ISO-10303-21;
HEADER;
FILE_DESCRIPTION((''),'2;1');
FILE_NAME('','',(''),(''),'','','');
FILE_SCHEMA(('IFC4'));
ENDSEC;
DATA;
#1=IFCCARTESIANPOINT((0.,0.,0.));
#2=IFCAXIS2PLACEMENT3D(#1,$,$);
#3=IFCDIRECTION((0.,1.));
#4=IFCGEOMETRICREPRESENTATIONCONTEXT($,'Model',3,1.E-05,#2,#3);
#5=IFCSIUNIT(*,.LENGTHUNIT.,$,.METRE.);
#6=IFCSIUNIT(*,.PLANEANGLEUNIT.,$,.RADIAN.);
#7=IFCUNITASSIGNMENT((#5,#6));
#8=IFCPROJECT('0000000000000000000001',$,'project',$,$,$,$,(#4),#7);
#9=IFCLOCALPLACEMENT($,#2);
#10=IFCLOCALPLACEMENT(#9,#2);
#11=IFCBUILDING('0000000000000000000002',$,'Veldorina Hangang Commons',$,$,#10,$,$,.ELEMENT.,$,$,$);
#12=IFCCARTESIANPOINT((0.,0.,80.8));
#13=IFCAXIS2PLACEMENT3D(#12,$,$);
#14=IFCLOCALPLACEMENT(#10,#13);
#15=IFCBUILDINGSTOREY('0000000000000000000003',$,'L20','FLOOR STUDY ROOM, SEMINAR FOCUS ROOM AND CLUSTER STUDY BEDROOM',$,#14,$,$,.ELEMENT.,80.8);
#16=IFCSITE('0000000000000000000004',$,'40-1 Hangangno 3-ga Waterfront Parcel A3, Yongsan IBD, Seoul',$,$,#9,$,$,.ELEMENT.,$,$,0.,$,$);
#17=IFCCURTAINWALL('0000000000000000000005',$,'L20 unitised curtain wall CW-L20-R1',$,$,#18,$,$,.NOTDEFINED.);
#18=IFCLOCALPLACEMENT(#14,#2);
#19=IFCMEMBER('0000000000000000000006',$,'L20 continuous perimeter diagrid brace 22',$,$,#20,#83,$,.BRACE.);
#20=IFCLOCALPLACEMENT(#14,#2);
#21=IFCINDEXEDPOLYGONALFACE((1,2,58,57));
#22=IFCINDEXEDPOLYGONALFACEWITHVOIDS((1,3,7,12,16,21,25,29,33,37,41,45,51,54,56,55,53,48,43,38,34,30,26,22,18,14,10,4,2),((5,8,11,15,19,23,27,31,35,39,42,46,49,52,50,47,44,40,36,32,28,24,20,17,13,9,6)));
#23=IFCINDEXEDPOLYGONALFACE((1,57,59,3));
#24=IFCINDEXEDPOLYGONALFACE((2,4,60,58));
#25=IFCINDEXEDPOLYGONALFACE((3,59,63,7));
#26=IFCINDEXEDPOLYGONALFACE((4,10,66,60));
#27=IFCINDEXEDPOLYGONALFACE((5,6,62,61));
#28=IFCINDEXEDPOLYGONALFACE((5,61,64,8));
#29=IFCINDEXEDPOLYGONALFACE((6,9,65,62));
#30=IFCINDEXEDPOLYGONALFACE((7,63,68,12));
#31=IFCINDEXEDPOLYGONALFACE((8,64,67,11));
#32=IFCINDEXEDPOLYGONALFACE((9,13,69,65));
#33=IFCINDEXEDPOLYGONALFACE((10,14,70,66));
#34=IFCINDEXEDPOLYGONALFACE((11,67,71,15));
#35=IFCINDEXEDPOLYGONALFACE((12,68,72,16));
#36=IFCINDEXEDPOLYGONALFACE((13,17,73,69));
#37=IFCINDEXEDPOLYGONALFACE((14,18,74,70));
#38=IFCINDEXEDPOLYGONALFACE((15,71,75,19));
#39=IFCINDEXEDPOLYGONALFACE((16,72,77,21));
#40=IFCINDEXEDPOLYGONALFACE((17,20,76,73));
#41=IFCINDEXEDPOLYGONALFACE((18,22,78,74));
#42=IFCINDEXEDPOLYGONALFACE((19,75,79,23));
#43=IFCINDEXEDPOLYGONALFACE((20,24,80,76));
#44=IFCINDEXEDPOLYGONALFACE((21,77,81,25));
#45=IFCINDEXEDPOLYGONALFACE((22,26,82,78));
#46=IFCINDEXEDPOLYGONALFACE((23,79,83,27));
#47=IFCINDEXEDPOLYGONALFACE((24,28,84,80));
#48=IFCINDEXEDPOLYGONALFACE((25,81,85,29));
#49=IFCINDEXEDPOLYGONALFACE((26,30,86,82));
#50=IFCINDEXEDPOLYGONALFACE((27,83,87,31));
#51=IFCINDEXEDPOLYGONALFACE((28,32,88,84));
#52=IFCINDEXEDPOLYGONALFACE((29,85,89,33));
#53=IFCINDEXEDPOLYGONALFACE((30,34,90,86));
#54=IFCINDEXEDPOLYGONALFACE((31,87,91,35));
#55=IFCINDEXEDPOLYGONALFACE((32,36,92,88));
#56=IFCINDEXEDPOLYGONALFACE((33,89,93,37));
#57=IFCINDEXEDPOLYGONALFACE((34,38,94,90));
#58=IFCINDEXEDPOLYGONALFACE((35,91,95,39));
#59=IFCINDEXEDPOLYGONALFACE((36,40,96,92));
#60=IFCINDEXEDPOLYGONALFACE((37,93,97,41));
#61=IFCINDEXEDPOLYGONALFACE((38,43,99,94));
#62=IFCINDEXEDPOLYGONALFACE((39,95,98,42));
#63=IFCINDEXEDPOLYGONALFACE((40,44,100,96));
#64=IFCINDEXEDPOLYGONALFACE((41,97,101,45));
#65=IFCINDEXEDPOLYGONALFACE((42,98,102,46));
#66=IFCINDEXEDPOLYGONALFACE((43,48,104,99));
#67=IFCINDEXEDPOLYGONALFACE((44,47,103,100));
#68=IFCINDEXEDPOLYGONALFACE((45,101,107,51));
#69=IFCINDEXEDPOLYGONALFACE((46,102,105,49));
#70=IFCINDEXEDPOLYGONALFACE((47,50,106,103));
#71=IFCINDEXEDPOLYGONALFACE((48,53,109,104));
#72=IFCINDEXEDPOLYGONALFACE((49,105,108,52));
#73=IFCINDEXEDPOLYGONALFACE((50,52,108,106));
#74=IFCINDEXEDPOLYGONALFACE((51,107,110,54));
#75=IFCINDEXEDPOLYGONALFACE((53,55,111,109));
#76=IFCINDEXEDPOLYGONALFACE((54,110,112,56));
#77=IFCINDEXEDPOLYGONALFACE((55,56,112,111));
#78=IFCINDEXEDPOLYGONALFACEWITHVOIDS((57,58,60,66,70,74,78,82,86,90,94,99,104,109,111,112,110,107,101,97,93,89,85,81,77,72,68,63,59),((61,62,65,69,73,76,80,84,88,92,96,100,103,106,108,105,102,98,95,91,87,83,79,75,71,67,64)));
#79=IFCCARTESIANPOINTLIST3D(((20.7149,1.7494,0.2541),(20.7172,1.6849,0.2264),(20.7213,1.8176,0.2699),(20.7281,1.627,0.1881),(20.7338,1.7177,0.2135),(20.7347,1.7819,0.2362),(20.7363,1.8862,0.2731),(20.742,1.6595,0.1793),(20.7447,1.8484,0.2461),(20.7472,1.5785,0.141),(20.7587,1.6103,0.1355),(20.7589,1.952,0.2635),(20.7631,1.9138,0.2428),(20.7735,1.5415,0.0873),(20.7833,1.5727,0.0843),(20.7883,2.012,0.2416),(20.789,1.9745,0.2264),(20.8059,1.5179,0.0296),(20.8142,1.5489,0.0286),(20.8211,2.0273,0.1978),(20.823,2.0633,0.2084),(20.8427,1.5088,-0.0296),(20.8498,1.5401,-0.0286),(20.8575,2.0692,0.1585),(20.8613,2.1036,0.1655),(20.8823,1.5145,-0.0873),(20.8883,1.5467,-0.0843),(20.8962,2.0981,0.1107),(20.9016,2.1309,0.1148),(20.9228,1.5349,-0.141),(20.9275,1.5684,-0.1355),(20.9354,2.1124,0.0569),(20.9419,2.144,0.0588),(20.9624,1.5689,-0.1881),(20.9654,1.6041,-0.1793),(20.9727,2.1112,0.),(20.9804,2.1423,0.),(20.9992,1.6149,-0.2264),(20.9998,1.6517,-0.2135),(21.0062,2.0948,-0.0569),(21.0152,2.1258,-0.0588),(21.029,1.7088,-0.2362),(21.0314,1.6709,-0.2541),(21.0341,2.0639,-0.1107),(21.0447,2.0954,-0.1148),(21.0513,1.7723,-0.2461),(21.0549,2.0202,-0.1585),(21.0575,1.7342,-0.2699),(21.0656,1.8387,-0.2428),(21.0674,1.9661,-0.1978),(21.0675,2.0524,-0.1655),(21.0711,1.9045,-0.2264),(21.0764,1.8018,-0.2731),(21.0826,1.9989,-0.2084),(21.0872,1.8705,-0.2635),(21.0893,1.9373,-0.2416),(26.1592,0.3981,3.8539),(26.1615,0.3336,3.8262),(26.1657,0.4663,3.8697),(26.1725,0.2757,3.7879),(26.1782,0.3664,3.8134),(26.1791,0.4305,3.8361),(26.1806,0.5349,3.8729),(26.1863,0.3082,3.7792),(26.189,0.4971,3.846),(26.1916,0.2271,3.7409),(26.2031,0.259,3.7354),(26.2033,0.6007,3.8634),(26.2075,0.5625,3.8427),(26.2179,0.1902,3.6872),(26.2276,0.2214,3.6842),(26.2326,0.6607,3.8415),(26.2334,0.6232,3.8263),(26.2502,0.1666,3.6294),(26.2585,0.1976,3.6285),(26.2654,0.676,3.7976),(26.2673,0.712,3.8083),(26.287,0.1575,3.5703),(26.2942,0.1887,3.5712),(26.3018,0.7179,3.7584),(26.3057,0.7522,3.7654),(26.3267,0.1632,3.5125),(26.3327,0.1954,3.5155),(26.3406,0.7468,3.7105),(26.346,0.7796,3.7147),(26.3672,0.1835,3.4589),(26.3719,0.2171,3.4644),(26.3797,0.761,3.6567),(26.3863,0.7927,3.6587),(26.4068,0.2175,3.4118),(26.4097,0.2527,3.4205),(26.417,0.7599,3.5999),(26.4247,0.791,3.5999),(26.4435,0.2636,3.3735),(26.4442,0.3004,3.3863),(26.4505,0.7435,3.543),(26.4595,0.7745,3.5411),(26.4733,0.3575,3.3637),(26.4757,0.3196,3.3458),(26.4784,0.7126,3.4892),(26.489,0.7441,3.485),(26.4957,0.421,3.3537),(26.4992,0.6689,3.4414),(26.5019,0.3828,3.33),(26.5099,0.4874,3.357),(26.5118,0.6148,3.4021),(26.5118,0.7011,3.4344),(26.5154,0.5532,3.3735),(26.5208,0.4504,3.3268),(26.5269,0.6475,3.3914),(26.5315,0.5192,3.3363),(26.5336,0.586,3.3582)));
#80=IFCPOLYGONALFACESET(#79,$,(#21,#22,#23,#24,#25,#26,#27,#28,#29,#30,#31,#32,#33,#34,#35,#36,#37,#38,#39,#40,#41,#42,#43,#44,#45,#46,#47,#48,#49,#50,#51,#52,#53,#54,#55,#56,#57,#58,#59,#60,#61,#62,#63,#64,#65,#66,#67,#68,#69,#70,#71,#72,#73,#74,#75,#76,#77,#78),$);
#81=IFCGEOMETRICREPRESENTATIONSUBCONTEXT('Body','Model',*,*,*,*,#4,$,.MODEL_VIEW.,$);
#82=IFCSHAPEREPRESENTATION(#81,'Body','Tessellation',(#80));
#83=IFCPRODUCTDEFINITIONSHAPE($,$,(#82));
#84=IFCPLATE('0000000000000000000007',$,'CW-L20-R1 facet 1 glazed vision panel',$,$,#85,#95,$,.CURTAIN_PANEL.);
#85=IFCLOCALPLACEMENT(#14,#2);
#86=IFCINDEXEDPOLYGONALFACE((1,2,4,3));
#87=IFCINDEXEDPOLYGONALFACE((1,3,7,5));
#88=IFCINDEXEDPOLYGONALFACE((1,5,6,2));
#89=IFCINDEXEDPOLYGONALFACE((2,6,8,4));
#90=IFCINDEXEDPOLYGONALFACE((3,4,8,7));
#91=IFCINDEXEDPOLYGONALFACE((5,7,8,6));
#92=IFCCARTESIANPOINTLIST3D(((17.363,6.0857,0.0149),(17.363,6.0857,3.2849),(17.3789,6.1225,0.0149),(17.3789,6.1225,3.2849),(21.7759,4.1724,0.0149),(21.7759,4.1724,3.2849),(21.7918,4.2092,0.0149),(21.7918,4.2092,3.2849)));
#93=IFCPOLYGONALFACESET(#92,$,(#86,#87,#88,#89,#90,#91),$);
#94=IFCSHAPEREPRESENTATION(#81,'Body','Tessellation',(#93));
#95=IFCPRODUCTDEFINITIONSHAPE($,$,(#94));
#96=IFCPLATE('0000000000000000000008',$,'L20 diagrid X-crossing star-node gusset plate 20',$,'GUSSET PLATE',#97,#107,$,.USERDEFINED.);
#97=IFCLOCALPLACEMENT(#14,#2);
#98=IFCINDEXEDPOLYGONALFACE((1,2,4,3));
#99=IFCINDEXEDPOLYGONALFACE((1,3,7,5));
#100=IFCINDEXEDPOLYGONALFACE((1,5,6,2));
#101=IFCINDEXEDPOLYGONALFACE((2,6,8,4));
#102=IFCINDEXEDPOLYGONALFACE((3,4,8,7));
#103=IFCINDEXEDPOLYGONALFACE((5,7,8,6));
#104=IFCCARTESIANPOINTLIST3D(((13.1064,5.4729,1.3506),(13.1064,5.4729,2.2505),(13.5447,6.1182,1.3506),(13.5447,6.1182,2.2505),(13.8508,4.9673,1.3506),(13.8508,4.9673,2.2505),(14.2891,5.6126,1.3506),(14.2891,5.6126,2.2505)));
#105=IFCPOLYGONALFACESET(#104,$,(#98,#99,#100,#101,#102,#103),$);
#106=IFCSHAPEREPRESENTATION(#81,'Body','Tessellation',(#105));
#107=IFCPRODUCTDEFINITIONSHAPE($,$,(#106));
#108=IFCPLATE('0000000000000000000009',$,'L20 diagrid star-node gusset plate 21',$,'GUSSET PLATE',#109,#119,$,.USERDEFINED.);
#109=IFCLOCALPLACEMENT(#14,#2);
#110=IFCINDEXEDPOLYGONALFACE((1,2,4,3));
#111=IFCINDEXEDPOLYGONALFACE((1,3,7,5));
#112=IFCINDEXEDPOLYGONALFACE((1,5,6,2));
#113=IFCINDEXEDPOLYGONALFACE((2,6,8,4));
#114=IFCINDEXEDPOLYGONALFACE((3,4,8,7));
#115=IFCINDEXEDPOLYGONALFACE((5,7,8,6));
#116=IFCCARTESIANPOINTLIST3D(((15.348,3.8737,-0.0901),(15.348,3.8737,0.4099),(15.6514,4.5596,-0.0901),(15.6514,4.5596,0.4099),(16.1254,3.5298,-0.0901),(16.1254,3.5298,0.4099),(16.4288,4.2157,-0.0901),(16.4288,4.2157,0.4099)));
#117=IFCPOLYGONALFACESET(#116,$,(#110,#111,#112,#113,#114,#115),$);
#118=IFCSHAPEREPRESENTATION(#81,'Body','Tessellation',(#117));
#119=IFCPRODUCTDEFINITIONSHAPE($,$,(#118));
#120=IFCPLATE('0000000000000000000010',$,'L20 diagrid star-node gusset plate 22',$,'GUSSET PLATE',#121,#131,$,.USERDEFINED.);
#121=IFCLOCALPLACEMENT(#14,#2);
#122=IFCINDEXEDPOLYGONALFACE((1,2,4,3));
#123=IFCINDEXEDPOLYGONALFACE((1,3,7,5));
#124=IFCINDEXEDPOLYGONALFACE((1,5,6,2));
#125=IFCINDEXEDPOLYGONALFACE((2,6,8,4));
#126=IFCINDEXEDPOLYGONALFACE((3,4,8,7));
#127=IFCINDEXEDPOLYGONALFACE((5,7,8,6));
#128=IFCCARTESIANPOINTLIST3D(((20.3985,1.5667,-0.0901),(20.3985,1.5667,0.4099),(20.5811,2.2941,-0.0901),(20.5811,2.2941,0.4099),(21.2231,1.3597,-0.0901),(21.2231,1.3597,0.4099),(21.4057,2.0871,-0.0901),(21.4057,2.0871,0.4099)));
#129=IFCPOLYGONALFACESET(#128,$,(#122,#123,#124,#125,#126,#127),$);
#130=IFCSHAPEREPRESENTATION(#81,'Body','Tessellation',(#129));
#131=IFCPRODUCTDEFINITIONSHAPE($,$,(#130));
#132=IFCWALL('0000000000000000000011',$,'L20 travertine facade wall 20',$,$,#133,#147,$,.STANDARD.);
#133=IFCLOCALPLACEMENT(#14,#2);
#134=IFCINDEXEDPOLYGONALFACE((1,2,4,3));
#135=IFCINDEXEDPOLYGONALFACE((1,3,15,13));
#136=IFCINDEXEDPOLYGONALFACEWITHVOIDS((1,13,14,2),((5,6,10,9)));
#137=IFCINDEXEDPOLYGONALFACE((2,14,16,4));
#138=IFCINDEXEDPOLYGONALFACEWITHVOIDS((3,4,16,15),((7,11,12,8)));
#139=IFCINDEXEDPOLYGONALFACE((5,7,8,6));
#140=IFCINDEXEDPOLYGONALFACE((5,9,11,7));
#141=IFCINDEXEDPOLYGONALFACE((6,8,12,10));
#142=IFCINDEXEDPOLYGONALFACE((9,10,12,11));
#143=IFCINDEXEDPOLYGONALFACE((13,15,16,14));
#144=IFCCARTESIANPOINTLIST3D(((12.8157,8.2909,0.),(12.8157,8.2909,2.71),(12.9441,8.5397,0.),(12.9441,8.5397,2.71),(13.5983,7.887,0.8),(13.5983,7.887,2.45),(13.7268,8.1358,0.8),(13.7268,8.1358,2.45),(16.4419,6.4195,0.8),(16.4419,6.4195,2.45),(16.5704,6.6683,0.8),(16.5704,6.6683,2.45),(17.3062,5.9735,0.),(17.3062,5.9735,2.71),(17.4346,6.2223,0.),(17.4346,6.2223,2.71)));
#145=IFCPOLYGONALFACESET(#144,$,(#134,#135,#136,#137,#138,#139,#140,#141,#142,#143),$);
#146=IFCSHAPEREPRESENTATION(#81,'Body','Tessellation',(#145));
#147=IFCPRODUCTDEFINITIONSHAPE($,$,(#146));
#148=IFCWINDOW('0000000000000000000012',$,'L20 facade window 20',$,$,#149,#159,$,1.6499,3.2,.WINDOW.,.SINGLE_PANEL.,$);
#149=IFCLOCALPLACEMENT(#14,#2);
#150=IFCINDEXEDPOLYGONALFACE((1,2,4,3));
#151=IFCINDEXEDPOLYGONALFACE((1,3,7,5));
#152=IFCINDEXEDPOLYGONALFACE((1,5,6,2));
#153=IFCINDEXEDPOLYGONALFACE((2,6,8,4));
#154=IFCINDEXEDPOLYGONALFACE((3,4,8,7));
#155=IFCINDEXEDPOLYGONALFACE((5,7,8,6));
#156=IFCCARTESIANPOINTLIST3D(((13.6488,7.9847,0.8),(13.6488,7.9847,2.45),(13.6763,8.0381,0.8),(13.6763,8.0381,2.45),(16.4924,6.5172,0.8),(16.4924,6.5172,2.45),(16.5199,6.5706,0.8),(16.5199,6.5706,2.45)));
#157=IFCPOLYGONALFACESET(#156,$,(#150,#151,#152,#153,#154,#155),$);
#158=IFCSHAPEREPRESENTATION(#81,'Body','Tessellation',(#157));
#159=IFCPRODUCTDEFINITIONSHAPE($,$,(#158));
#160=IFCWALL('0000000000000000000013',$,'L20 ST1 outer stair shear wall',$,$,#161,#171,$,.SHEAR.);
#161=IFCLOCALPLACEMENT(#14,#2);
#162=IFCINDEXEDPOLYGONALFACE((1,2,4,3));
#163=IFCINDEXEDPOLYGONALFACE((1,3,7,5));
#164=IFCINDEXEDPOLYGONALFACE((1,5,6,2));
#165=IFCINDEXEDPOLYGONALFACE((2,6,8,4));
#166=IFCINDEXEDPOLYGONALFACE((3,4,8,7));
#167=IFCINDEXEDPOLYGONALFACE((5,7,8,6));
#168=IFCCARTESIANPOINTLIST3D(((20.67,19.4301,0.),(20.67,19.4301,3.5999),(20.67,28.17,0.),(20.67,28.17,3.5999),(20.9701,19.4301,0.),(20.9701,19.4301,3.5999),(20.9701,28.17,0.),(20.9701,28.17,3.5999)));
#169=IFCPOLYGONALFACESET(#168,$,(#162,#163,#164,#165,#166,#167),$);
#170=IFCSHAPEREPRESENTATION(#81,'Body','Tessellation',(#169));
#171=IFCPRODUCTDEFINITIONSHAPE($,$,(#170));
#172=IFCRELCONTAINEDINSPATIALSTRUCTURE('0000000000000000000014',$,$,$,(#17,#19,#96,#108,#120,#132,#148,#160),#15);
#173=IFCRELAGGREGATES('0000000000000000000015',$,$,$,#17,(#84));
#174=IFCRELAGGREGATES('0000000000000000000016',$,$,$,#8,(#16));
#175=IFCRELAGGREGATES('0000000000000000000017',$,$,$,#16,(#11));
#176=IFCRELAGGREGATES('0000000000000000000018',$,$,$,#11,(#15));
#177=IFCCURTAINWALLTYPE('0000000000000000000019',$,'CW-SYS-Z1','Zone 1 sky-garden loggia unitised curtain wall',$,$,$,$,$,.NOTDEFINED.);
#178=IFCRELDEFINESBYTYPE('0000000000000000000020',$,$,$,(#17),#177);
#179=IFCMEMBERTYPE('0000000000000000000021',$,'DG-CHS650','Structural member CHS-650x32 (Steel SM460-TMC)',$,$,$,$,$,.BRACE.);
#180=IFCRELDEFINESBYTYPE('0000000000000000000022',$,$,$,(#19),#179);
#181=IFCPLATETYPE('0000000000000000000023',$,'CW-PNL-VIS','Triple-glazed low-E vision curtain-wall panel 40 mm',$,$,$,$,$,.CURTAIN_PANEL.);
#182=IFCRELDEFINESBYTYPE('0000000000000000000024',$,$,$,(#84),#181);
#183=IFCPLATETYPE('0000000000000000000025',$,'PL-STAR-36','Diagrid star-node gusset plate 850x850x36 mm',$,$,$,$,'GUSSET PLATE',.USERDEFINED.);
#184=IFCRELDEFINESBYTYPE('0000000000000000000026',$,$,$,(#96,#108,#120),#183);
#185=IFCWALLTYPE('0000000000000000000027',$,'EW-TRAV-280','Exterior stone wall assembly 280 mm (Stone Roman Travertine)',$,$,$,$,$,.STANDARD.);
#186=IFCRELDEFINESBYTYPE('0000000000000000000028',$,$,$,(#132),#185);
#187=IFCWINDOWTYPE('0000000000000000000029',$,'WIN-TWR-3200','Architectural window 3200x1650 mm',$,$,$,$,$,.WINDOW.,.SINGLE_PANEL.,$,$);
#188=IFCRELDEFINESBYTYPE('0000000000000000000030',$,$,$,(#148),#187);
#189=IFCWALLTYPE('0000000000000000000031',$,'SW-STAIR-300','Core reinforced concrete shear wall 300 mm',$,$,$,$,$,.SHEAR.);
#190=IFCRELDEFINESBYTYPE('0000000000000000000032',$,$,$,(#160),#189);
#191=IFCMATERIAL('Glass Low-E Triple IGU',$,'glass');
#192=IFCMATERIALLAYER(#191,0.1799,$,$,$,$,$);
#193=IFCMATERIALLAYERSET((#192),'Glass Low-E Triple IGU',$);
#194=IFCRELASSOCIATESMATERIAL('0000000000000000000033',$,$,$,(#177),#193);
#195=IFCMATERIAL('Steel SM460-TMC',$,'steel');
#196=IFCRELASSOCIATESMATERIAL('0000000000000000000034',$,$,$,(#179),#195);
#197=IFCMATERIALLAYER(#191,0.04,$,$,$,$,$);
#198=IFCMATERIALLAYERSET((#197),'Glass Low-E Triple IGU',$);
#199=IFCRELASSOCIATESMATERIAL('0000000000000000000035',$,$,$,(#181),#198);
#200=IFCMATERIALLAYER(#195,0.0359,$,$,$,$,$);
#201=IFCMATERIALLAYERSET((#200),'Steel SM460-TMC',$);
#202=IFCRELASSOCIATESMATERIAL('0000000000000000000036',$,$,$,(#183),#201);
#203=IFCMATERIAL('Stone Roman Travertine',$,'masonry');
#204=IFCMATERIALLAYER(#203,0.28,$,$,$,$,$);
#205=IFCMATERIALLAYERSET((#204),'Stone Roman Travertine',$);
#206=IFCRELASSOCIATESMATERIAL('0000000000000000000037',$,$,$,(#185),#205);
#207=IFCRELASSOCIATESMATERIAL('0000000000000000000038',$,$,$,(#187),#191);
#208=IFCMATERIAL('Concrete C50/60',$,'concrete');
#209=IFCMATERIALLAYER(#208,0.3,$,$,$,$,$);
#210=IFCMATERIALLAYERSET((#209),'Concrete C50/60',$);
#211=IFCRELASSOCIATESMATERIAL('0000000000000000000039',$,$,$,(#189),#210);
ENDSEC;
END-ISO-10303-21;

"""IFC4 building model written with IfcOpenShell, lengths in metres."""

from ifc_helpers import new_model, si_unit, direction, frame, frame_2d, origin, origin_2d, place, context, subcontext, project, spatial, rectangle, hollow_circle, extrude, material, layer, layer_set, material_profile, profile_set, type_object, element, fill, aggregate, save


model = new_model("IFC4")

# Units and contexts
model_context = context("Model", 3, precision=1e-05, world=origin(), true_north=direction((0.0, 1.0)))
body_context = subcontext(model_context, "Body", "Model", "MODEL_VIEW")
ifc_project = project(units=[si_unit("LENGTHUNIT", "METRE"), si_unit("PLANEANGLEUNIT", "RADIAN")], contexts=[model_context])

# Site, building, storey
site_placement = place(None, origin())
site = spatial("IfcSite", under=ifc_project, at=site_placement, Name="40-1 Hangangno 3-ga Waterfront Parcel A3, Yongsan IBD, Seoul", CompositionType="ELEMENT", RefElevation=0.0)
building_placement = place(site_placement, origin())
building = spatial("IfcBuilding", under=site, at=building_placement, Name="Veldorina Hangang Commons", CompositionType="ELEMENT")
storey_placement = place(building_placement, frame((0.0, 0.0, 80.8)))
storey = spatial("IfcBuildingStorey", under=building, at=storey_placement, Name="L20", Description="FLOOR STUDY ROOM, SEMINAR FOCUS ROOM AND CLUSTER STUDY BEDROOM", CompositionType="ELEMENT", Elevation=80.8)

# Curtain wall
ifc_material_1 = material(Name="Glass Low-E Triple IGU", Category="glass")
ifc_layer_1 = layer(ifc_material_1, 0.1799)
ifc_layer_set_1 = layer_set([ifc_layer_1], Name="Glass Low-E Triple IGU")
curtain_wall_type = type_object("IfcCurtainWallType", Name="CW-SYS-Z1", Description="Zone 1 sky-garden loggia unitised curtain wall", PredefinedType="NOTDEFINED", material=ifc_layer_set_1)
curtain_wall_placement = place(storey_placement, origin())
curtain_wall = element("IfcCurtainWall", 1, at=curtain_wall_placement, inside=storey, type_object=curtain_wall_type, Name="L20 unitised curtain wall CW-L20-R1", PredefinedType="NOTDEFINED")

# Member
ifc_material_2 = material(Name="Steel SM460-TMC", Category="steel")
ifc_material_profile_1 = material_profile(ifc_material_2, hollow_circle(Radius=0.325, WallThickness=0.032, at=origin_2d()), Name="CHS-650x32")
ifc_profile_set_1 = profile_set([ifc_material_profile_1], Name="Steel SM460-TMC")
member_type_1 = type_object("IfcMemberType", Name="DG-CHS650", Description="Structural member CHS-650x32 (Steel SM460-TMC)", PredefinedType="BRACE", material=ifc_profile_set_1)
member_1_placement = place(storey_placement, frame((20.9021, 1.8269, 0.0), z_axis=(0.816822, -0.20274, 0.540091), x_axis=(0.240897, 0.970551, 0.0)))
element("IfcMember", 2, at=member_1_placement, inside=storey, type_object=member_type_1, Name="L20 continuous perimeter diagrid brace 22", PredefinedType="BRACE", context=body_context, shape_type="SweptSolid", body=[
    extrude(hollow_circle(Radius=0.325, WallThickness=0.032, at=origin_2d()), origin(), (0.0, 0.0, 1.0), 6.6653),
])

# Plate
ifc_layer_2 = layer(ifc_material_1, 0.04)
ifc_layer_set_2 = layer_set([ifc_layer_2], Name="Glass Low-E Triple IGU")
plate_type_1 = type_object("IfcPlateType", Name="CW-PNL-VIS", Description="Triple-glazed low-E vision curtain-wall panel 40 mm", PredefinedType="CURTAIN_PANEL", material=ifc_layer_set_2)
plate_1_placement = place(storey_placement, frame((19.5774, 5.1475, 0.0149), z_axis=(0.0, 0.0, 1.0), x_axis=(0.917477, -0.397789, 0.0)))
plate_1 = element("IfcPlate", 3, at=plate_1_placement, type_object=plate_type_1, Name="CW-L20-R1 facet 1 glazed vision panel", PredefinedType="CURTAIN_PANEL", context=body_context, shape_type="SweptSolid", body=[
    extrude(rectangle(XDim=4.8098, YDim=0.04, at=origin_2d()), origin(), (0.0, 0.0, 1.0), 3.27),
])
aggregate(curtain_wall, [plate_1])

# Plates
ifc_layer_3 = layer(ifc_material_2, 0.0359)
ifc_layer_set_3 = layer_set([ifc_layer_3], Name="Steel SM460-TMC")
plate_type_2 = type_object("IfcPlateType", Name="PL-STAR-36", Description="Diagrid star-node gusset plate 850x850x36 mm", ElementType="GUSSET PLATE", PredefinedType="USERDEFINED", material=ifc_layer_set_3)
plate_2_placement = place(storey_placement, frame((13.6978, 5.5427, 1.3506), z_axis=(0.0, 0.0, 1.0), x_axis=(0.827247, -0.561838, 0.0)))
element("IfcPlate", 4, at=plate_2_placement, inside=storey, type_object=plate_type_2, Name="L20 diagrid X-crossing star-node gusset plate 20", ObjectType="GUSSET PLATE", PredefinedType="USERDEFINED", context=body_context, shape_type="SweptSolid", body=[
    extrude(rectangle(XDim=0.8999, YDim=0.78, at=origin_2d()), origin(), (0.0, 0.0, 1.0), 0.8999),
])
for number, where, z_axis, x_axis, name in (
    (5, (15.8884, 4.0447, -0.0901), (0.0, 0.0, 1.0), (0.914522, -0.404535, 0.0), "L20 diagrid star-node gusset plate 21"),
    (6, (20.9021, 1.8269, -0.0901), (0.0, 0.0, 1.0), (0.969906, -0.24348, 0.0), "L20 diagrid star-node gusset plate 22"),
):
    element("IfcPlate", number, at=place(storey_placement, frame(where, z_axis=z_axis, x_axis=x_axis)), inside=storey, type_object=plate_type_2, Name=name, ObjectType="GUSSET PLATE", PredefinedType="USERDEFINED", context=body_context, shape_type="SweptSolid", body=[
        extrude(rectangle(XDim=0.8501, YDim=0.75, at=origin_2d()), origin(), (0.0, 0.0, 1.0), 0.5),
    ])

# Wall, opening, window
ifc_material_3 = material(Name="Stone Roman Travertine", Category="masonry")
ifc_layer_4 = layer(ifc_material_3, 0.28)
ifc_layer_set_4 = layer_set([ifc_layer_4], Name="Stone Roman Travertine")
wall_type_1 = type_object("IfcWallType", Name="EW-TRAV-280", Description="Exterior stone wall assembly 280 mm (Stone Roman Travertine)", PredefinedType="STANDARD", material=ifc_layer_set_4)
wall_1_placement = place(storey_placement, frame((12.8799, 8.4153, 0.0), z_axis=(0.0, 0.0, 1.0), x_axis=(0.888644, -0.458599, 0.0)))
wall_1 = element("IfcWall", 7, at=wall_1_placement, inside=storey, type_object=wall_type_1, Name="L20 travertine facade wall 20", PredefinedType="STANDARD", context=body_context, shape_type="SweptSolid", body=[
    extrude(rectangle(XDim=5.0532, YDim=0.28, at=frame_2d((2.5266, 0.0))), origin(), (0.0, 0.0, 1.0), 2.71),
])
opening_1_placement = place(wall_1_placement, frame((0.8806, 0.0, 0.8)))
opening_1 = element("IfcOpeningElement", 8, at=opening_1_placement, cuts=wall_1, PredefinedType="OPENING", context=body_context, shape_type="SweptSolid", body=[
    extrude(rectangle(XDim=3.2, YDim=1.6499, at=frame_2d((1.6001, 0.825))), frame((0.0, 0.1499, 0.0), z_axis=(0.0, -1.0, 0.0), x_axis=(1.0, 0.0, 0.0)), (0.0, 0.0, 1.0), 0.3),
])
window_type = type_object("IfcWindowType", Name="WIN-TWR-3200", Description="Architectural window 3200x1650 mm", PartitioningType="SINGLE_PANEL", PredefinedType="WINDOW", material=ifc_material_1)
window_placement = place(opening_1_placement, origin())
window = element("IfcWindow", 9, at=window_placement, inside=storey, type_object=window_type, Name="L20 facade window 20", OverallHeight=1.6499, OverallWidth=3.2, PartitioningType="SINGLE_PANEL", PredefinedType="WINDOW", context=body_context, shape_type="SweptSolid", body=[
    extrude(rectangle(XDim=3.2, YDim=1.6499, at=frame_2d((1.6001, 0.825))), frame((0.0, 0.03, 0.0), z_axis=(0.0, -1.0, 0.0), x_axis=(1.0, 0.0, 0.0)), (0.0, 0.0, 1.0), 0.0601),
])
fill(opening_1, window)

# Wall
ifc_material_4 = material(Name="Concrete C50/60", Category="concrete")
ifc_layer_5 = layer(ifc_material_4, 0.3)
ifc_layer_set_5 = layer_set([ifc_layer_5], Name="Concrete C50/60")
wall_type_2 = type_object("IfcWallType", Name="SW-STAIR-300", Description="Core reinforced concrete shear wall 300 mm", PredefinedType="SHEAR", material=ifc_layer_set_5)
wall_2_placement = place(storey_placement, frame((20.8201, 19.4299, 0.0), z_axis=(0.0, 0.0, 1.0), x_axis=(0.0, 1.0, 0.0)))
element("IfcWall", 10, at=wall_2_placement, inside=storey, type_object=wall_type_2, Name="L20 ST1 outer stair shear wall", PredefinedType="SHEAR", context=body_context, shape_type="SweptSolid", body=[
    extrude(rectangle(XDim=8.74, YDim=0.3, at=frame_2d((4.3701, 0.0))), origin(), (0.0, 0.0, 1.0), 3.5999),
])

save(model, "model.ifc")
